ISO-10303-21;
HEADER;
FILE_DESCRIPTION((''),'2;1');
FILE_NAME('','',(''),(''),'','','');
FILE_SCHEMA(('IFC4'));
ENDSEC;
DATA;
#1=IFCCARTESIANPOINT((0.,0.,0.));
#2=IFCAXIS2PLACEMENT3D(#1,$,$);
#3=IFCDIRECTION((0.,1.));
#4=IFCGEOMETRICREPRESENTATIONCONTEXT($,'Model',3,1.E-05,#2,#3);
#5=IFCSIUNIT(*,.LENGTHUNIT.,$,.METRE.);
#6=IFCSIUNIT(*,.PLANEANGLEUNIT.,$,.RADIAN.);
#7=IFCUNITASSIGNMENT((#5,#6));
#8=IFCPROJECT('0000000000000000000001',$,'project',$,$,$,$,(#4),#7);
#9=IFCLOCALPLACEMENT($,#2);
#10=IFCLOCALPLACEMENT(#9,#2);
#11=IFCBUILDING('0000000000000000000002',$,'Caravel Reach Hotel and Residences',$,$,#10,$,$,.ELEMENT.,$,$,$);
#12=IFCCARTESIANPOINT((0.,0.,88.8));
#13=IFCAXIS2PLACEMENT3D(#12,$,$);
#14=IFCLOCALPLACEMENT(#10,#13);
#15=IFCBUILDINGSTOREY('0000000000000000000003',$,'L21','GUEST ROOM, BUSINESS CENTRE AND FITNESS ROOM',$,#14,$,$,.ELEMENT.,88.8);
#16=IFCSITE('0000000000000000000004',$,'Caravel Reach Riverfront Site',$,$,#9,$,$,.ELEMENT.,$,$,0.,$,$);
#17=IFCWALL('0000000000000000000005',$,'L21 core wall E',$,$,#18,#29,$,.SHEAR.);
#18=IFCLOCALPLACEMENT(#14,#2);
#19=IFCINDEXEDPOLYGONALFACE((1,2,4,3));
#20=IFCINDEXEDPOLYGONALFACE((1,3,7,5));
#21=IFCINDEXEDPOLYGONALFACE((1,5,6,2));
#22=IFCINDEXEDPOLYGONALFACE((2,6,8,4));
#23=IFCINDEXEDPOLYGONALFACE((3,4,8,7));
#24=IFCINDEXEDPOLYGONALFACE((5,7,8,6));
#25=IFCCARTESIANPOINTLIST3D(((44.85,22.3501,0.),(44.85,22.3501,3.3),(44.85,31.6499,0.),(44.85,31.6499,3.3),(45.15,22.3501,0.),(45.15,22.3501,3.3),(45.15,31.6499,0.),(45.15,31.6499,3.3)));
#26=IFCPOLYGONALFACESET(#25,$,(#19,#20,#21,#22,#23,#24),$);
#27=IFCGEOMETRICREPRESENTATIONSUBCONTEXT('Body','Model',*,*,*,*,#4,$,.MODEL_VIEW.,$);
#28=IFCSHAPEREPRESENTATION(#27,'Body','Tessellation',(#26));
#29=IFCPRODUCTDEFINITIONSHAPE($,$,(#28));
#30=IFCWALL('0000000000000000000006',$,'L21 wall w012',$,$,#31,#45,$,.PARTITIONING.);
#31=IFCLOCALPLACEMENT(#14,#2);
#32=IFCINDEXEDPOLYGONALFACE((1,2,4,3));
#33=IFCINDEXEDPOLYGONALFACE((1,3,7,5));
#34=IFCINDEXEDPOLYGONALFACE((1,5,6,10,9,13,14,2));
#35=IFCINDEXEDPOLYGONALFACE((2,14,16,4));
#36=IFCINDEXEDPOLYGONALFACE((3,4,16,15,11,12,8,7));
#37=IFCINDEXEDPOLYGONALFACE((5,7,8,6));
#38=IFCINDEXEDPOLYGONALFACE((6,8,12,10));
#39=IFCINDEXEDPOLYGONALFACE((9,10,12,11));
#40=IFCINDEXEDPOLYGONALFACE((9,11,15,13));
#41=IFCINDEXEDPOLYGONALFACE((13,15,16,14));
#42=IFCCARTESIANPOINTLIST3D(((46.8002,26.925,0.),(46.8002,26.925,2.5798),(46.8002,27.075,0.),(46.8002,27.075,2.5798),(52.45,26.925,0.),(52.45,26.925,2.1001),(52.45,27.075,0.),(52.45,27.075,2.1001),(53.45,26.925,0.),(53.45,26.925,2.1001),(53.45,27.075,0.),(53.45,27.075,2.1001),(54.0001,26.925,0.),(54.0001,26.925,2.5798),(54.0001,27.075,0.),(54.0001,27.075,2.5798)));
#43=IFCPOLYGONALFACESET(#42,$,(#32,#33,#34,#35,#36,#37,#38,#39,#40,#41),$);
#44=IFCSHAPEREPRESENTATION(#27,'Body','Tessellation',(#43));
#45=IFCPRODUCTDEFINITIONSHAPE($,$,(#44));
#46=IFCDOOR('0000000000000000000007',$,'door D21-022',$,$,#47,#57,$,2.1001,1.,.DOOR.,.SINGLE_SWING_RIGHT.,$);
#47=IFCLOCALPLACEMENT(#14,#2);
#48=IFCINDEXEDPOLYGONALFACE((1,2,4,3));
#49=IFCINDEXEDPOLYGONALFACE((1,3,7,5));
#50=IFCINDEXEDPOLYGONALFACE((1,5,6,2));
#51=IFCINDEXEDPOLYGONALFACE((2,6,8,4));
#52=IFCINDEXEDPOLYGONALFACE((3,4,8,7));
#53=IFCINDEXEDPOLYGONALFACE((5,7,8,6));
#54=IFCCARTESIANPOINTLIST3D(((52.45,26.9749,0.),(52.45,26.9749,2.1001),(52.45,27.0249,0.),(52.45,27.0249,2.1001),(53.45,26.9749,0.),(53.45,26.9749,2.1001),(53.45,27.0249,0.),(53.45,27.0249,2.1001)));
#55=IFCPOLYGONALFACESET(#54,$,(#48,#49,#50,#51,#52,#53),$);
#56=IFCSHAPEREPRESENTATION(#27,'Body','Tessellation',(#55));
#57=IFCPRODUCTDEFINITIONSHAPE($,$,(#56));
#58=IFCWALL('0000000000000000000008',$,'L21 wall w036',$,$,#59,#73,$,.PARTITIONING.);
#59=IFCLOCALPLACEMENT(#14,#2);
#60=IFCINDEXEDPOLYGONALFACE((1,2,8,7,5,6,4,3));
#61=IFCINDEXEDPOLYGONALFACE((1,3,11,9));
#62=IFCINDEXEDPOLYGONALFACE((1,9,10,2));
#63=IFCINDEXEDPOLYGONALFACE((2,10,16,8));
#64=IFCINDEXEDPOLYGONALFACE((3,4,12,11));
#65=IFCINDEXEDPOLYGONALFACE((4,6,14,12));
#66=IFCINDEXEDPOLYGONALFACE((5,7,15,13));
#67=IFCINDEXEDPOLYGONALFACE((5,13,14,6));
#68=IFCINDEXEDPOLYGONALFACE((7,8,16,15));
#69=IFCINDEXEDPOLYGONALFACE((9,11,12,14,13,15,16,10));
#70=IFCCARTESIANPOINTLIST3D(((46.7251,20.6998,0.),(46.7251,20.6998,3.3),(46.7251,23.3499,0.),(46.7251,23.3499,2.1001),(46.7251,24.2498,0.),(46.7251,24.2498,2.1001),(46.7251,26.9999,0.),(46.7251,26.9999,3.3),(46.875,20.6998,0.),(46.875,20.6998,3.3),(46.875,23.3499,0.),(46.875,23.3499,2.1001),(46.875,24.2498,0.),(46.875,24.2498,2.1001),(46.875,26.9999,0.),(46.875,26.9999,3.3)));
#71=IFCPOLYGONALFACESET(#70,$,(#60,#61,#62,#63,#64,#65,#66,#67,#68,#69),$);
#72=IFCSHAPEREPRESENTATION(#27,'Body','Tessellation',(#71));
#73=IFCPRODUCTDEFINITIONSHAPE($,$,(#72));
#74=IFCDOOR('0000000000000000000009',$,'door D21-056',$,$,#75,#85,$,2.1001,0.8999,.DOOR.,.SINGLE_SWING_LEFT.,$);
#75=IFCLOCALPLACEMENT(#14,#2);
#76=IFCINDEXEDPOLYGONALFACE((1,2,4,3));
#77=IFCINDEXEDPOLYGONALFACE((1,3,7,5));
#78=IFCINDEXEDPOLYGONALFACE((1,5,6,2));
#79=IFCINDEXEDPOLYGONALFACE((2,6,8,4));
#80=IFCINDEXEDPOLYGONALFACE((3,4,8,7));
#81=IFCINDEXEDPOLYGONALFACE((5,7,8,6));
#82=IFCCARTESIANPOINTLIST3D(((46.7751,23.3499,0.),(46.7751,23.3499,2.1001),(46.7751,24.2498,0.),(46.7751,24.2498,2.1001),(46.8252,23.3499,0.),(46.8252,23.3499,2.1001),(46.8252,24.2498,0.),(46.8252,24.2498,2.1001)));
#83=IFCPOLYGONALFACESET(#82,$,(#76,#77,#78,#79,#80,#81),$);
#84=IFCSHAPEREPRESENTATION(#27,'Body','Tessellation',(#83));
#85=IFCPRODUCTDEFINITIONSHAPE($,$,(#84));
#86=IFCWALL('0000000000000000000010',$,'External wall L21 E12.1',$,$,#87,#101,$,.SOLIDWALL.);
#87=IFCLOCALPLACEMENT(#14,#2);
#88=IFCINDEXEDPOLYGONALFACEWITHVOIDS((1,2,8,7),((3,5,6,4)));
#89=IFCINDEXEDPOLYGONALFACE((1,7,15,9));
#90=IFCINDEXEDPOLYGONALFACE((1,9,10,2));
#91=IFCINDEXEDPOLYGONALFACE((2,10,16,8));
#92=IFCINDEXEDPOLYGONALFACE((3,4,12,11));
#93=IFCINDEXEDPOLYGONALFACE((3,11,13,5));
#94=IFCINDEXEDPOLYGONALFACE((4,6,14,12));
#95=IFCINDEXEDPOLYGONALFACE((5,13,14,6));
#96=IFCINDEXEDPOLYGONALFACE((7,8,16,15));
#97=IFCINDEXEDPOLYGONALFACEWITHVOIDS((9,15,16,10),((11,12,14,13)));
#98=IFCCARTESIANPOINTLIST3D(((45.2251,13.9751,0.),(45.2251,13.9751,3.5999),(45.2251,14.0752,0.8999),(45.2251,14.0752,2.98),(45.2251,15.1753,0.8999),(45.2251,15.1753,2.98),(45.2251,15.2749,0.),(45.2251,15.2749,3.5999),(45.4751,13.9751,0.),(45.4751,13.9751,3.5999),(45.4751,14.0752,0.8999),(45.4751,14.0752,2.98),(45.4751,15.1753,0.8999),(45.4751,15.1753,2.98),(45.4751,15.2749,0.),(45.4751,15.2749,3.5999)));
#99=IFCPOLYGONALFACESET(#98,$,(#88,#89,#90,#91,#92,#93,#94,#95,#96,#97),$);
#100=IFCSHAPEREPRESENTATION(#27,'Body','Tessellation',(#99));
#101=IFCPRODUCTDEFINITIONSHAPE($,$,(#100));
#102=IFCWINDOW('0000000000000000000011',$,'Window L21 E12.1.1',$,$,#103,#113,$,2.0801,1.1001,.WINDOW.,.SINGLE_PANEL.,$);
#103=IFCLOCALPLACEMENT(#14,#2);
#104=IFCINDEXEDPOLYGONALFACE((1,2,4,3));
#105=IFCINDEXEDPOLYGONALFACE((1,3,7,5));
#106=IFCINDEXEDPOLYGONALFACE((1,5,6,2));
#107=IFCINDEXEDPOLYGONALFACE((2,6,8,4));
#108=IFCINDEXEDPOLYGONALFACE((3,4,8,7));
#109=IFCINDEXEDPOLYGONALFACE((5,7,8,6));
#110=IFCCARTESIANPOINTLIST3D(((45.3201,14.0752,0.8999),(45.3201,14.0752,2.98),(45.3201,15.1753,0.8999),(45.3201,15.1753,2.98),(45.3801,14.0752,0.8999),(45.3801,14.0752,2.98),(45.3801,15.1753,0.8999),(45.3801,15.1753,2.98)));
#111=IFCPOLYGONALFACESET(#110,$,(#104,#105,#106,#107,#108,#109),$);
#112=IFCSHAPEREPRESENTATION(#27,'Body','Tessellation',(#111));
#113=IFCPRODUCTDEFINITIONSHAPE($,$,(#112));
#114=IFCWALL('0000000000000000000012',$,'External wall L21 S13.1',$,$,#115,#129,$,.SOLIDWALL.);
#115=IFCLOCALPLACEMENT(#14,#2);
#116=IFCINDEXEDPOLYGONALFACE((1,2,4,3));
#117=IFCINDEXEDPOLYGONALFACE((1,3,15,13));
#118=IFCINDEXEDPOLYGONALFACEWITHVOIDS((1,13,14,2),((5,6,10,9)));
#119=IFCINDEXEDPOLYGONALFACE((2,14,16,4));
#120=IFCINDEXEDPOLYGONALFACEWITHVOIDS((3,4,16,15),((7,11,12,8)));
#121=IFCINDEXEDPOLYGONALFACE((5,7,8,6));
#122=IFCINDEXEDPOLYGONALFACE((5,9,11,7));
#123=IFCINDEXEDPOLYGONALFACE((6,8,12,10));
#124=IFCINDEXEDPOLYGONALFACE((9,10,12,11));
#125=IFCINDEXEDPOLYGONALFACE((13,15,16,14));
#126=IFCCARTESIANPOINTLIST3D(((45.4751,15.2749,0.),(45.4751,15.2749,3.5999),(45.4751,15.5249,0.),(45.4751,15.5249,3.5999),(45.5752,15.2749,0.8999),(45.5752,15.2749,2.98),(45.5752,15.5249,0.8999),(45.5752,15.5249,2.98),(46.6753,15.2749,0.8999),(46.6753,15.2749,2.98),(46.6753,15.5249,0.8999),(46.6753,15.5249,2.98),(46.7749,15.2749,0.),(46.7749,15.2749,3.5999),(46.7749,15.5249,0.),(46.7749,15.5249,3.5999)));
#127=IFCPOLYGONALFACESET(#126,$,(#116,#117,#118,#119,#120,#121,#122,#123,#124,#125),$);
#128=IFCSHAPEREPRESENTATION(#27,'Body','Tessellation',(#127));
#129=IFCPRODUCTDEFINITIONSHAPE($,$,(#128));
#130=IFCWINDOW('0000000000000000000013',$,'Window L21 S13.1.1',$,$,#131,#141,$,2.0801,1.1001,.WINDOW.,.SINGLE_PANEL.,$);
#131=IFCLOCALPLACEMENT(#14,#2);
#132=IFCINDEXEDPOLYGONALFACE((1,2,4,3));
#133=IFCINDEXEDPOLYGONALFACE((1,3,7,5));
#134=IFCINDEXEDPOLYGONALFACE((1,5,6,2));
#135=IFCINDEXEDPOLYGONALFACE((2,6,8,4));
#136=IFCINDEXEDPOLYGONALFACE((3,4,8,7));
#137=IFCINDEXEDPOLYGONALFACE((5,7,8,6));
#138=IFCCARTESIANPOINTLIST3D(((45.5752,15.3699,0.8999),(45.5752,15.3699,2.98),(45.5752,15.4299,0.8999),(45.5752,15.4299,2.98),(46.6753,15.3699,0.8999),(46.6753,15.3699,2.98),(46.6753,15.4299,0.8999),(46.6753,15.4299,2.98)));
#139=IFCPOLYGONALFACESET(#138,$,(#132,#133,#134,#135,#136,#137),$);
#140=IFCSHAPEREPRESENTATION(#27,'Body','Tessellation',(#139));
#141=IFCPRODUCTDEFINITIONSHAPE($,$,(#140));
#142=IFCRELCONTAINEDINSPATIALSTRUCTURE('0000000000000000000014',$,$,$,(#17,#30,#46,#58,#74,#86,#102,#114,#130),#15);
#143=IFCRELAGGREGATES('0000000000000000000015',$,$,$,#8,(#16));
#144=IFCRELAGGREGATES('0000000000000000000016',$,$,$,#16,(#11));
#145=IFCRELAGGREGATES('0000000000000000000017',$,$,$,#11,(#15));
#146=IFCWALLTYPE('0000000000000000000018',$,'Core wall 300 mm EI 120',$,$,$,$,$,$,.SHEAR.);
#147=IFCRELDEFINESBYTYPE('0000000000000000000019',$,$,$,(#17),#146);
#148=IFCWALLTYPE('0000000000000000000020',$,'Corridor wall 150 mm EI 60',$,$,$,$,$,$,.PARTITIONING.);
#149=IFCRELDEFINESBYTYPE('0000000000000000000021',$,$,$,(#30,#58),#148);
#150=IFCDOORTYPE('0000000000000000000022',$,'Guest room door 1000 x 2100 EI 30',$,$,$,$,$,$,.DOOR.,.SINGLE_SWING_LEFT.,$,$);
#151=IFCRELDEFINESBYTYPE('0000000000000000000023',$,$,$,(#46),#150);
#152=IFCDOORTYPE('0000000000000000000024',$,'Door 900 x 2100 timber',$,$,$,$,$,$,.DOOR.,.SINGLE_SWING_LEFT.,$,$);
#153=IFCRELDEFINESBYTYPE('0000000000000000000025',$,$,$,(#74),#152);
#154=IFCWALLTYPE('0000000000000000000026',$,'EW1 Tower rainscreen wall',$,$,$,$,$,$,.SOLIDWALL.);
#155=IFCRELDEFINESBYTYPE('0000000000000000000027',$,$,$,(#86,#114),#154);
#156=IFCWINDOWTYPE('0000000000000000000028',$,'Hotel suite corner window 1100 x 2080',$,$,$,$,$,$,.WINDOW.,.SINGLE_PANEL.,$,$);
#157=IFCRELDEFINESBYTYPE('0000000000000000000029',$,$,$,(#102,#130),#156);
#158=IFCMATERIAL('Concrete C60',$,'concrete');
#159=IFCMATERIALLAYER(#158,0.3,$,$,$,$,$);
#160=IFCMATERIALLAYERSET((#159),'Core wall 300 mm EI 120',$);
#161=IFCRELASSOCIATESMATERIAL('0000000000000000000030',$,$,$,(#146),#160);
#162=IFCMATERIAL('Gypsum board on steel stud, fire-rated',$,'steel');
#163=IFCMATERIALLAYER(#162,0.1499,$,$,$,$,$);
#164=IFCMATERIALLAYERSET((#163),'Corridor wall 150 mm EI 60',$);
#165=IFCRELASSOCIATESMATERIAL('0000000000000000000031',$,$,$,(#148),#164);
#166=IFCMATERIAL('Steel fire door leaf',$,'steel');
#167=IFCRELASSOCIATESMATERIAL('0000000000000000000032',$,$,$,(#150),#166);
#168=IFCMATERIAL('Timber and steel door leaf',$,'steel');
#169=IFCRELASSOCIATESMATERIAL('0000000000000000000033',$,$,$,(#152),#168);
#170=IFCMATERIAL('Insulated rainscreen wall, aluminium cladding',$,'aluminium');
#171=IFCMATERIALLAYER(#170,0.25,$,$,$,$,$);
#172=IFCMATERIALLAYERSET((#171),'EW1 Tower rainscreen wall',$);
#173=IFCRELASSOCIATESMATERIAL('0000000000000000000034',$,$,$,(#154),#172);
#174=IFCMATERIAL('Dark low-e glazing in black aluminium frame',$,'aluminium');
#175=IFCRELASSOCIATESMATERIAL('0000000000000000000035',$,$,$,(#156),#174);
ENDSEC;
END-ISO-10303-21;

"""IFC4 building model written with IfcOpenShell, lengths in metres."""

from ifc_helpers import new_model, si_unit, direction, frame, frame_2d, origin, place, context, subcontext, project, spatial, rectangle, extrude, material, layer, layer_set, type_object, element, fill, save


model = new_model("IFC4")

# Units and contexts
model_context = context("Model", 3, precision=1e-05, world=origin(), true_north=direction((0.0, 1.0)))
body_context = subcontext(model_context, "Body", "Model", "MODEL_VIEW")
ifc_project = project(units=[si_unit("LENGTHUNIT", "METRE"), si_unit("PLANEANGLEUNIT", "RADIAN")], contexts=[model_context])

# Site, building, storey
site_placement = place(None, origin())
site = spatial("IfcSite", under=ifc_project, at=site_placement, Name="Caravel Reach Riverfront Site", CompositionType="ELEMENT", RefElevation=0.0)
building_placement = place(site_placement, origin())
building = spatial("IfcBuilding", under=site, at=building_placement, Name="Caravel Reach Hotel and Residences", CompositionType="ELEMENT")
storey_placement = place(building_placement, frame((0.0, 0.0, 88.8)))
storey = spatial("IfcBuildingStorey", under=building, at=storey_placement, Name="L21", Description="GUEST ROOM, BUSINESS CENTRE AND FITNESS ROOM", CompositionType="ELEMENT", Elevation=88.8)

# Wall
ifc_material_1 = material(Name="Concrete C60", Category="concrete")
ifc_layer_1 = layer(ifc_material_1, 0.3)
ifc_layer_set_1 = layer_set([ifc_layer_1], Name="Core wall 300 mm EI 120")
wall_type_1 = type_object("IfcWallType", Name="Core wall 300 mm EI 120", PredefinedType="SHEAR", material=ifc_layer_set_1)
wall_1_placement = place(storey_placement, frame((45.0, 22.3501, 0.0), z_axis=(0.0, 0.0, 1.0), x_axis=(0.0, 1.0, 0.0)))
element("IfcWall", 1, at=wall_1_placement, inside=storey, type_object=wall_type_1, Name="L21 core wall E", PredefinedType="SHEAR", context=body_context, shape_type="SweptSolid", body=[
    extrude(rectangle(XDim=9.2998, YDim=0.3, at=frame_2d((4.6499, 0.0))), origin(), (0.0, 0.0, 1.0), 3.3),
])

# Walls, openings, doors
ifc_material_2 = material(Name="Gypsum board on steel stud, fire-rated", Category="steel")
ifc_layer_2 = layer(ifc_material_2, 0.1499)
ifc_layer_set_2 = layer_set([ifc_layer_2], Name="Corridor wall 150 mm EI 60")
wall_type_2 = type_object("IfcWallType", Name="Corridor wall 150 mm EI 60", PredefinedType="PARTITIONING", material=ifc_layer_set_2)
wall_2_placement = place(storey_placement, frame((46.8, 27.0, 0.0), z_axis=(0.0, 0.0, 1.0), x_axis=(1.0, 0.0, 0.0)))
wall_2 = element("IfcWall", 2, at=wall_2_placement, inside=storey, type_object=wall_type_2, Name="L21 wall w012", PredefinedType="PARTITIONING", context=body_context, shape_type="SweptSolid", body=[
    extrude(rectangle(XDim=7.2, YDim=0.1499, at=frame_2d((3.6001, 0.0))), origin(), (0.0, 0.0, 1.0), 2.5798),
])
opening_1_placement = place(wall_2_placement, frame((5.6499, 0.0, 0.0)))
opening_1 = element("IfcOpeningElement", 3, at=opening_1_placement, cuts=wall_2, PredefinedType="OPENING", context=body_context, shape_type="SweptSolid", body=[
    extrude(rectangle(XDim=1.0, YDim=2.1001, at=frame_2d((0.5, 1.05))), frame((0.0, 0.085, 0.0), z_axis=(0.0, -1.0, 0.0), x_axis=(1.0, 0.0, 0.0)), (0.0, 0.0, 1.0), 0.1699),
])
ifc_material_3 = material(Name="Steel fire door leaf", Category="steel")
door_type_1 = type_object("IfcDoorType", Name="Guest room door 1000 x 2100 EI 30", OperationType="SINGLE_SWING_LEFT", PredefinedType="DOOR", material=ifc_material_3)
door_1_placement = place(opening_1_placement, origin())
door_1 = element("IfcDoor", 4, at=door_1_placement, inside=storey, type_object=door_type_1, Name="door D21-022", OperationType="SINGLE_SWING_RIGHT", OverallHeight=2.1001, OverallWidth=1.0, PredefinedType="DOOR", context=body_context, shape_type="SweptSolid", body=[
    extrude(rectangle(XDim=1.0, YDim=2.1001, at=frame_2d((0.5, 1.05))), frame((0.0, 0.0249, 0.0), z_axis=(0.0, -1.0, 0.0), x_axis=(1.0, 0.0, 0.0)), (0.0, 0.0, 1.0), 0.05),
])
fill(opening_1, door_1)
wall_3_placement = place(storey_placement, frame((46.8, 20.7, 0.0), z_axis=(0.0, 0.0, 1.0), x_axis=(0.0, 1.0, 0.0)))
wall_3 = element("IfcWall", 5, at=wall_3_placement, inside=storey, type_object=wall_type_2, Name="L21 wall w036", PredefinedType="PARTITIONING", context=body_context, shape_type="SweptSolid", body=[
    extrude(rectangle(XDim=6.3, YDim=0.1499, at=frame_2d((3.1499, 0.0))), origin(), (0.0, 0.0, 1.0), 3.3),
])
opening_2_placement = place(wall_3_placement, frame((2.6499, 0.0, 0.0)))
opening_2 = element("IfcOpeningElement", 6, at=opening_2_placement, cuts=wall_3, PredefinedType="OPENING", context=body_context, shape_type="SweptSolid", body=[
    extrude(rectangle(XDim=0.8999, YDim=2.1001, at=frame_2d((0.45, 1.05))), frame((0.0, 0.085, 0.0), z_axis=(0.0, -1.0, 0.0), x_axis=(1.0, 0.0, 0.0)), (0.0, 0.0, 1.0), 0.1699),
])
ifc_material_4 = material(Name="Timber and steel door leaf", Category="steel")
door_type_2 = type_object("IfcDoorType", Name="Door 900 x 2100 timber", OperationType="SINGLE_SWING_LEFT", PredefinedType="DOOR", material=ifc_material_4)
door_2_placement = place(opening_2_placement, origin())
door_2 = element("IfcDoor", 7, at=door_2_placement, inside=storey, type_object=door_type_2, Name="door D21-056", OperationType="SINGLE_SWING_LEFT", OverallHeight=2.1001, OverallWidth=0.8999, PredefinedType="DOOR", context=body_context, shape_type="SweptSolid", body=[
    extrude(rectangle(XDim=0.8999, YDim=2.1001, at=frame_2d((0.45, 1.05))), frame((0.0, 0.0249, 0.0), z_axis=(0.0, -1.0, 0.0), x_axis=(1.0, 0.0, 0.0)), (0.0, 0.0, 1.0), 0.05),
])
fill(opening_2, door_2)

# Walls, openings, windows
ifc_material_5 = material(Name="Insulated rainscreen wall, aluminium cladding", Category="aluminium")
ifc_layer_3 = layer(ifc_material_5, 0.25)
ifc_layer_set_3 = layer_set([ifc_layer_3], Name="EW1 Tower rainscreen wall")
wall_type_3 = type_object("IfcWallType", Name="EW1 Tower rainscreen wall", PredefinedType="SOLIDWALL", material=ifc_layer_set_3)
wall_4_placement = place(storey_placement, frame((45.3501, 13.9751, 0.0), z_axis=(0.0, 0.0, 1.0), x_axis=(0.0, 1.0, 0.0)))
wall_4 = element("IfcWall", 8, at=wall_4_placement, inside=storey, type_object=wall_type_3, Name="External wall L21 E12.1", PredefinedType="SOLIDWALL", context=body_context, shape_type="SweptSolid", body=[
    extrude(rectangle(XDim=1.2998, YDim=0.25, at=frame_2d((0.6499, 0.0))), origin(), (0.0, 0.0, 1.0), 3.5999),
])
opening_3_placement = place(wall_4_placement, frame((0.1001, 0.0, 0.8999)))
opening_3 = element("IfcOpeningElement", 9, at=opening_3_placement, cuts=wall_4, PredefinedType="OPENING", context=body_context, shape_type="SweptSolid", body=[
    extrude(rectangle(XDim=1.1001, YDim=2.0801, at=frame_2d((0.55, 1.04))), frame((0.0, 0.135, 0.0), z_axis=(0.0, -1.0, 0.0), x_axis=(1.0, 0.0, 0.0)), (0.0, 0.0, 1.0), 0.27),
])
ifc_material_6 = material(Name="Dark low-e glazing in black aluminium frame", Category="aluminium")
window_type = type_object("IfcWindowType", Name="Hotel suite corner window 1100 x 2080", PartitioningType="SINGLE_PANEL", PredefinedType="WINDOW", material=ifc_material_6)
window_1_placement = place(opening_3_placement, origin())
window_1 = element("IfcWindow", 10, at=window_1_placement, inside=storey, type_object=window_type, Name="Window L21 E12.1.1", OverallHeight=2.0801, OverallWidth=1.1001, PartitioningType="SINGLE_PANEL", PredefinedType="WINDOW", context=body_context, shape_type="SweptSolid", body=[
    extrude(rectangle(XDim=1.1001, YDim=2.0801, at=frame_2d((0.55, 1.04))), frame((0.0, 0.03, 0.0), z_axis=(0.0, -1.0, 0.0), x_axis=(1.0, 0.0, 0.0)), (0.0, 0.0, 1.0), 0.0601),
])
fill(opening_3, window_1)
wall_5_placement = place(storey_placement, frame((45.4751, 15.3999, 0.0), z_axis=(0.0, 0.0, 1.0), x_axis=(1.0, 0.0, 0.0)))
wall_5 = element("IfcWall", 11, at=wall_5_placement, inside=storey, type_object=wall_type_3, Name="External wall L21 S13.1", PredefinedType="SOLIDWALL", context=body_context, shape_type="SweptSolid", body=[
    extrude(rectangle(XDim=1.2998, YDim=0.25, at=frame_2d((0.6499, 0.0))), origin(), (0.0, 0.0, 1.0), 3.5999),
])
opening_4_placement = place(wall_5_placement, frame((0.1001, 0.0, 0.8999)))
opening_4 = element("IfcOpeningElement", 12, at=opening_4_placement, cuts=wall_5, PredefinedType="OPENING", context=body_context, shape_type="SweptSolid", body=[
    extrude(rectangle(XDim=1.1001, YDim=2.0801, at=frame_2d((0.55, 1.04))), frame((0.0, 0.135, 0.0), z_axis=(0.0, -1.0, 0.0), x_axis=(1.0, 0.0, 0.0)), (0.0, 0.0, 1.0), 0.27),
])
window_2_placement = place(opening_4_placement, origin())
window_2 = element("IfcWindow", 13, at=window_2_placement, inside=storey, type_object=window_type, Name="Window L21 S13.1.1", OverallHeight=2.0801, OverallWidth=1.1001, PartitioningType="SINGLE_PANEL", PredefinedType="WINDOW", context=body_context, shape_type="SweptSolid", body=[
    extrude(rectangle(XDim=1.1001, YDim=2.0801, at=frame_2d((0.55, 1.04))), frame((0.0, 0.03, 0.0), z_axis=(0.0, -1.0, 0.0), x_axis=(1.0, 0.0, 0.0)), (0.0, 0.0, 1.0), 0.0601),
])
fill(opening_4, window_2)

save(model, "model.ifc")
